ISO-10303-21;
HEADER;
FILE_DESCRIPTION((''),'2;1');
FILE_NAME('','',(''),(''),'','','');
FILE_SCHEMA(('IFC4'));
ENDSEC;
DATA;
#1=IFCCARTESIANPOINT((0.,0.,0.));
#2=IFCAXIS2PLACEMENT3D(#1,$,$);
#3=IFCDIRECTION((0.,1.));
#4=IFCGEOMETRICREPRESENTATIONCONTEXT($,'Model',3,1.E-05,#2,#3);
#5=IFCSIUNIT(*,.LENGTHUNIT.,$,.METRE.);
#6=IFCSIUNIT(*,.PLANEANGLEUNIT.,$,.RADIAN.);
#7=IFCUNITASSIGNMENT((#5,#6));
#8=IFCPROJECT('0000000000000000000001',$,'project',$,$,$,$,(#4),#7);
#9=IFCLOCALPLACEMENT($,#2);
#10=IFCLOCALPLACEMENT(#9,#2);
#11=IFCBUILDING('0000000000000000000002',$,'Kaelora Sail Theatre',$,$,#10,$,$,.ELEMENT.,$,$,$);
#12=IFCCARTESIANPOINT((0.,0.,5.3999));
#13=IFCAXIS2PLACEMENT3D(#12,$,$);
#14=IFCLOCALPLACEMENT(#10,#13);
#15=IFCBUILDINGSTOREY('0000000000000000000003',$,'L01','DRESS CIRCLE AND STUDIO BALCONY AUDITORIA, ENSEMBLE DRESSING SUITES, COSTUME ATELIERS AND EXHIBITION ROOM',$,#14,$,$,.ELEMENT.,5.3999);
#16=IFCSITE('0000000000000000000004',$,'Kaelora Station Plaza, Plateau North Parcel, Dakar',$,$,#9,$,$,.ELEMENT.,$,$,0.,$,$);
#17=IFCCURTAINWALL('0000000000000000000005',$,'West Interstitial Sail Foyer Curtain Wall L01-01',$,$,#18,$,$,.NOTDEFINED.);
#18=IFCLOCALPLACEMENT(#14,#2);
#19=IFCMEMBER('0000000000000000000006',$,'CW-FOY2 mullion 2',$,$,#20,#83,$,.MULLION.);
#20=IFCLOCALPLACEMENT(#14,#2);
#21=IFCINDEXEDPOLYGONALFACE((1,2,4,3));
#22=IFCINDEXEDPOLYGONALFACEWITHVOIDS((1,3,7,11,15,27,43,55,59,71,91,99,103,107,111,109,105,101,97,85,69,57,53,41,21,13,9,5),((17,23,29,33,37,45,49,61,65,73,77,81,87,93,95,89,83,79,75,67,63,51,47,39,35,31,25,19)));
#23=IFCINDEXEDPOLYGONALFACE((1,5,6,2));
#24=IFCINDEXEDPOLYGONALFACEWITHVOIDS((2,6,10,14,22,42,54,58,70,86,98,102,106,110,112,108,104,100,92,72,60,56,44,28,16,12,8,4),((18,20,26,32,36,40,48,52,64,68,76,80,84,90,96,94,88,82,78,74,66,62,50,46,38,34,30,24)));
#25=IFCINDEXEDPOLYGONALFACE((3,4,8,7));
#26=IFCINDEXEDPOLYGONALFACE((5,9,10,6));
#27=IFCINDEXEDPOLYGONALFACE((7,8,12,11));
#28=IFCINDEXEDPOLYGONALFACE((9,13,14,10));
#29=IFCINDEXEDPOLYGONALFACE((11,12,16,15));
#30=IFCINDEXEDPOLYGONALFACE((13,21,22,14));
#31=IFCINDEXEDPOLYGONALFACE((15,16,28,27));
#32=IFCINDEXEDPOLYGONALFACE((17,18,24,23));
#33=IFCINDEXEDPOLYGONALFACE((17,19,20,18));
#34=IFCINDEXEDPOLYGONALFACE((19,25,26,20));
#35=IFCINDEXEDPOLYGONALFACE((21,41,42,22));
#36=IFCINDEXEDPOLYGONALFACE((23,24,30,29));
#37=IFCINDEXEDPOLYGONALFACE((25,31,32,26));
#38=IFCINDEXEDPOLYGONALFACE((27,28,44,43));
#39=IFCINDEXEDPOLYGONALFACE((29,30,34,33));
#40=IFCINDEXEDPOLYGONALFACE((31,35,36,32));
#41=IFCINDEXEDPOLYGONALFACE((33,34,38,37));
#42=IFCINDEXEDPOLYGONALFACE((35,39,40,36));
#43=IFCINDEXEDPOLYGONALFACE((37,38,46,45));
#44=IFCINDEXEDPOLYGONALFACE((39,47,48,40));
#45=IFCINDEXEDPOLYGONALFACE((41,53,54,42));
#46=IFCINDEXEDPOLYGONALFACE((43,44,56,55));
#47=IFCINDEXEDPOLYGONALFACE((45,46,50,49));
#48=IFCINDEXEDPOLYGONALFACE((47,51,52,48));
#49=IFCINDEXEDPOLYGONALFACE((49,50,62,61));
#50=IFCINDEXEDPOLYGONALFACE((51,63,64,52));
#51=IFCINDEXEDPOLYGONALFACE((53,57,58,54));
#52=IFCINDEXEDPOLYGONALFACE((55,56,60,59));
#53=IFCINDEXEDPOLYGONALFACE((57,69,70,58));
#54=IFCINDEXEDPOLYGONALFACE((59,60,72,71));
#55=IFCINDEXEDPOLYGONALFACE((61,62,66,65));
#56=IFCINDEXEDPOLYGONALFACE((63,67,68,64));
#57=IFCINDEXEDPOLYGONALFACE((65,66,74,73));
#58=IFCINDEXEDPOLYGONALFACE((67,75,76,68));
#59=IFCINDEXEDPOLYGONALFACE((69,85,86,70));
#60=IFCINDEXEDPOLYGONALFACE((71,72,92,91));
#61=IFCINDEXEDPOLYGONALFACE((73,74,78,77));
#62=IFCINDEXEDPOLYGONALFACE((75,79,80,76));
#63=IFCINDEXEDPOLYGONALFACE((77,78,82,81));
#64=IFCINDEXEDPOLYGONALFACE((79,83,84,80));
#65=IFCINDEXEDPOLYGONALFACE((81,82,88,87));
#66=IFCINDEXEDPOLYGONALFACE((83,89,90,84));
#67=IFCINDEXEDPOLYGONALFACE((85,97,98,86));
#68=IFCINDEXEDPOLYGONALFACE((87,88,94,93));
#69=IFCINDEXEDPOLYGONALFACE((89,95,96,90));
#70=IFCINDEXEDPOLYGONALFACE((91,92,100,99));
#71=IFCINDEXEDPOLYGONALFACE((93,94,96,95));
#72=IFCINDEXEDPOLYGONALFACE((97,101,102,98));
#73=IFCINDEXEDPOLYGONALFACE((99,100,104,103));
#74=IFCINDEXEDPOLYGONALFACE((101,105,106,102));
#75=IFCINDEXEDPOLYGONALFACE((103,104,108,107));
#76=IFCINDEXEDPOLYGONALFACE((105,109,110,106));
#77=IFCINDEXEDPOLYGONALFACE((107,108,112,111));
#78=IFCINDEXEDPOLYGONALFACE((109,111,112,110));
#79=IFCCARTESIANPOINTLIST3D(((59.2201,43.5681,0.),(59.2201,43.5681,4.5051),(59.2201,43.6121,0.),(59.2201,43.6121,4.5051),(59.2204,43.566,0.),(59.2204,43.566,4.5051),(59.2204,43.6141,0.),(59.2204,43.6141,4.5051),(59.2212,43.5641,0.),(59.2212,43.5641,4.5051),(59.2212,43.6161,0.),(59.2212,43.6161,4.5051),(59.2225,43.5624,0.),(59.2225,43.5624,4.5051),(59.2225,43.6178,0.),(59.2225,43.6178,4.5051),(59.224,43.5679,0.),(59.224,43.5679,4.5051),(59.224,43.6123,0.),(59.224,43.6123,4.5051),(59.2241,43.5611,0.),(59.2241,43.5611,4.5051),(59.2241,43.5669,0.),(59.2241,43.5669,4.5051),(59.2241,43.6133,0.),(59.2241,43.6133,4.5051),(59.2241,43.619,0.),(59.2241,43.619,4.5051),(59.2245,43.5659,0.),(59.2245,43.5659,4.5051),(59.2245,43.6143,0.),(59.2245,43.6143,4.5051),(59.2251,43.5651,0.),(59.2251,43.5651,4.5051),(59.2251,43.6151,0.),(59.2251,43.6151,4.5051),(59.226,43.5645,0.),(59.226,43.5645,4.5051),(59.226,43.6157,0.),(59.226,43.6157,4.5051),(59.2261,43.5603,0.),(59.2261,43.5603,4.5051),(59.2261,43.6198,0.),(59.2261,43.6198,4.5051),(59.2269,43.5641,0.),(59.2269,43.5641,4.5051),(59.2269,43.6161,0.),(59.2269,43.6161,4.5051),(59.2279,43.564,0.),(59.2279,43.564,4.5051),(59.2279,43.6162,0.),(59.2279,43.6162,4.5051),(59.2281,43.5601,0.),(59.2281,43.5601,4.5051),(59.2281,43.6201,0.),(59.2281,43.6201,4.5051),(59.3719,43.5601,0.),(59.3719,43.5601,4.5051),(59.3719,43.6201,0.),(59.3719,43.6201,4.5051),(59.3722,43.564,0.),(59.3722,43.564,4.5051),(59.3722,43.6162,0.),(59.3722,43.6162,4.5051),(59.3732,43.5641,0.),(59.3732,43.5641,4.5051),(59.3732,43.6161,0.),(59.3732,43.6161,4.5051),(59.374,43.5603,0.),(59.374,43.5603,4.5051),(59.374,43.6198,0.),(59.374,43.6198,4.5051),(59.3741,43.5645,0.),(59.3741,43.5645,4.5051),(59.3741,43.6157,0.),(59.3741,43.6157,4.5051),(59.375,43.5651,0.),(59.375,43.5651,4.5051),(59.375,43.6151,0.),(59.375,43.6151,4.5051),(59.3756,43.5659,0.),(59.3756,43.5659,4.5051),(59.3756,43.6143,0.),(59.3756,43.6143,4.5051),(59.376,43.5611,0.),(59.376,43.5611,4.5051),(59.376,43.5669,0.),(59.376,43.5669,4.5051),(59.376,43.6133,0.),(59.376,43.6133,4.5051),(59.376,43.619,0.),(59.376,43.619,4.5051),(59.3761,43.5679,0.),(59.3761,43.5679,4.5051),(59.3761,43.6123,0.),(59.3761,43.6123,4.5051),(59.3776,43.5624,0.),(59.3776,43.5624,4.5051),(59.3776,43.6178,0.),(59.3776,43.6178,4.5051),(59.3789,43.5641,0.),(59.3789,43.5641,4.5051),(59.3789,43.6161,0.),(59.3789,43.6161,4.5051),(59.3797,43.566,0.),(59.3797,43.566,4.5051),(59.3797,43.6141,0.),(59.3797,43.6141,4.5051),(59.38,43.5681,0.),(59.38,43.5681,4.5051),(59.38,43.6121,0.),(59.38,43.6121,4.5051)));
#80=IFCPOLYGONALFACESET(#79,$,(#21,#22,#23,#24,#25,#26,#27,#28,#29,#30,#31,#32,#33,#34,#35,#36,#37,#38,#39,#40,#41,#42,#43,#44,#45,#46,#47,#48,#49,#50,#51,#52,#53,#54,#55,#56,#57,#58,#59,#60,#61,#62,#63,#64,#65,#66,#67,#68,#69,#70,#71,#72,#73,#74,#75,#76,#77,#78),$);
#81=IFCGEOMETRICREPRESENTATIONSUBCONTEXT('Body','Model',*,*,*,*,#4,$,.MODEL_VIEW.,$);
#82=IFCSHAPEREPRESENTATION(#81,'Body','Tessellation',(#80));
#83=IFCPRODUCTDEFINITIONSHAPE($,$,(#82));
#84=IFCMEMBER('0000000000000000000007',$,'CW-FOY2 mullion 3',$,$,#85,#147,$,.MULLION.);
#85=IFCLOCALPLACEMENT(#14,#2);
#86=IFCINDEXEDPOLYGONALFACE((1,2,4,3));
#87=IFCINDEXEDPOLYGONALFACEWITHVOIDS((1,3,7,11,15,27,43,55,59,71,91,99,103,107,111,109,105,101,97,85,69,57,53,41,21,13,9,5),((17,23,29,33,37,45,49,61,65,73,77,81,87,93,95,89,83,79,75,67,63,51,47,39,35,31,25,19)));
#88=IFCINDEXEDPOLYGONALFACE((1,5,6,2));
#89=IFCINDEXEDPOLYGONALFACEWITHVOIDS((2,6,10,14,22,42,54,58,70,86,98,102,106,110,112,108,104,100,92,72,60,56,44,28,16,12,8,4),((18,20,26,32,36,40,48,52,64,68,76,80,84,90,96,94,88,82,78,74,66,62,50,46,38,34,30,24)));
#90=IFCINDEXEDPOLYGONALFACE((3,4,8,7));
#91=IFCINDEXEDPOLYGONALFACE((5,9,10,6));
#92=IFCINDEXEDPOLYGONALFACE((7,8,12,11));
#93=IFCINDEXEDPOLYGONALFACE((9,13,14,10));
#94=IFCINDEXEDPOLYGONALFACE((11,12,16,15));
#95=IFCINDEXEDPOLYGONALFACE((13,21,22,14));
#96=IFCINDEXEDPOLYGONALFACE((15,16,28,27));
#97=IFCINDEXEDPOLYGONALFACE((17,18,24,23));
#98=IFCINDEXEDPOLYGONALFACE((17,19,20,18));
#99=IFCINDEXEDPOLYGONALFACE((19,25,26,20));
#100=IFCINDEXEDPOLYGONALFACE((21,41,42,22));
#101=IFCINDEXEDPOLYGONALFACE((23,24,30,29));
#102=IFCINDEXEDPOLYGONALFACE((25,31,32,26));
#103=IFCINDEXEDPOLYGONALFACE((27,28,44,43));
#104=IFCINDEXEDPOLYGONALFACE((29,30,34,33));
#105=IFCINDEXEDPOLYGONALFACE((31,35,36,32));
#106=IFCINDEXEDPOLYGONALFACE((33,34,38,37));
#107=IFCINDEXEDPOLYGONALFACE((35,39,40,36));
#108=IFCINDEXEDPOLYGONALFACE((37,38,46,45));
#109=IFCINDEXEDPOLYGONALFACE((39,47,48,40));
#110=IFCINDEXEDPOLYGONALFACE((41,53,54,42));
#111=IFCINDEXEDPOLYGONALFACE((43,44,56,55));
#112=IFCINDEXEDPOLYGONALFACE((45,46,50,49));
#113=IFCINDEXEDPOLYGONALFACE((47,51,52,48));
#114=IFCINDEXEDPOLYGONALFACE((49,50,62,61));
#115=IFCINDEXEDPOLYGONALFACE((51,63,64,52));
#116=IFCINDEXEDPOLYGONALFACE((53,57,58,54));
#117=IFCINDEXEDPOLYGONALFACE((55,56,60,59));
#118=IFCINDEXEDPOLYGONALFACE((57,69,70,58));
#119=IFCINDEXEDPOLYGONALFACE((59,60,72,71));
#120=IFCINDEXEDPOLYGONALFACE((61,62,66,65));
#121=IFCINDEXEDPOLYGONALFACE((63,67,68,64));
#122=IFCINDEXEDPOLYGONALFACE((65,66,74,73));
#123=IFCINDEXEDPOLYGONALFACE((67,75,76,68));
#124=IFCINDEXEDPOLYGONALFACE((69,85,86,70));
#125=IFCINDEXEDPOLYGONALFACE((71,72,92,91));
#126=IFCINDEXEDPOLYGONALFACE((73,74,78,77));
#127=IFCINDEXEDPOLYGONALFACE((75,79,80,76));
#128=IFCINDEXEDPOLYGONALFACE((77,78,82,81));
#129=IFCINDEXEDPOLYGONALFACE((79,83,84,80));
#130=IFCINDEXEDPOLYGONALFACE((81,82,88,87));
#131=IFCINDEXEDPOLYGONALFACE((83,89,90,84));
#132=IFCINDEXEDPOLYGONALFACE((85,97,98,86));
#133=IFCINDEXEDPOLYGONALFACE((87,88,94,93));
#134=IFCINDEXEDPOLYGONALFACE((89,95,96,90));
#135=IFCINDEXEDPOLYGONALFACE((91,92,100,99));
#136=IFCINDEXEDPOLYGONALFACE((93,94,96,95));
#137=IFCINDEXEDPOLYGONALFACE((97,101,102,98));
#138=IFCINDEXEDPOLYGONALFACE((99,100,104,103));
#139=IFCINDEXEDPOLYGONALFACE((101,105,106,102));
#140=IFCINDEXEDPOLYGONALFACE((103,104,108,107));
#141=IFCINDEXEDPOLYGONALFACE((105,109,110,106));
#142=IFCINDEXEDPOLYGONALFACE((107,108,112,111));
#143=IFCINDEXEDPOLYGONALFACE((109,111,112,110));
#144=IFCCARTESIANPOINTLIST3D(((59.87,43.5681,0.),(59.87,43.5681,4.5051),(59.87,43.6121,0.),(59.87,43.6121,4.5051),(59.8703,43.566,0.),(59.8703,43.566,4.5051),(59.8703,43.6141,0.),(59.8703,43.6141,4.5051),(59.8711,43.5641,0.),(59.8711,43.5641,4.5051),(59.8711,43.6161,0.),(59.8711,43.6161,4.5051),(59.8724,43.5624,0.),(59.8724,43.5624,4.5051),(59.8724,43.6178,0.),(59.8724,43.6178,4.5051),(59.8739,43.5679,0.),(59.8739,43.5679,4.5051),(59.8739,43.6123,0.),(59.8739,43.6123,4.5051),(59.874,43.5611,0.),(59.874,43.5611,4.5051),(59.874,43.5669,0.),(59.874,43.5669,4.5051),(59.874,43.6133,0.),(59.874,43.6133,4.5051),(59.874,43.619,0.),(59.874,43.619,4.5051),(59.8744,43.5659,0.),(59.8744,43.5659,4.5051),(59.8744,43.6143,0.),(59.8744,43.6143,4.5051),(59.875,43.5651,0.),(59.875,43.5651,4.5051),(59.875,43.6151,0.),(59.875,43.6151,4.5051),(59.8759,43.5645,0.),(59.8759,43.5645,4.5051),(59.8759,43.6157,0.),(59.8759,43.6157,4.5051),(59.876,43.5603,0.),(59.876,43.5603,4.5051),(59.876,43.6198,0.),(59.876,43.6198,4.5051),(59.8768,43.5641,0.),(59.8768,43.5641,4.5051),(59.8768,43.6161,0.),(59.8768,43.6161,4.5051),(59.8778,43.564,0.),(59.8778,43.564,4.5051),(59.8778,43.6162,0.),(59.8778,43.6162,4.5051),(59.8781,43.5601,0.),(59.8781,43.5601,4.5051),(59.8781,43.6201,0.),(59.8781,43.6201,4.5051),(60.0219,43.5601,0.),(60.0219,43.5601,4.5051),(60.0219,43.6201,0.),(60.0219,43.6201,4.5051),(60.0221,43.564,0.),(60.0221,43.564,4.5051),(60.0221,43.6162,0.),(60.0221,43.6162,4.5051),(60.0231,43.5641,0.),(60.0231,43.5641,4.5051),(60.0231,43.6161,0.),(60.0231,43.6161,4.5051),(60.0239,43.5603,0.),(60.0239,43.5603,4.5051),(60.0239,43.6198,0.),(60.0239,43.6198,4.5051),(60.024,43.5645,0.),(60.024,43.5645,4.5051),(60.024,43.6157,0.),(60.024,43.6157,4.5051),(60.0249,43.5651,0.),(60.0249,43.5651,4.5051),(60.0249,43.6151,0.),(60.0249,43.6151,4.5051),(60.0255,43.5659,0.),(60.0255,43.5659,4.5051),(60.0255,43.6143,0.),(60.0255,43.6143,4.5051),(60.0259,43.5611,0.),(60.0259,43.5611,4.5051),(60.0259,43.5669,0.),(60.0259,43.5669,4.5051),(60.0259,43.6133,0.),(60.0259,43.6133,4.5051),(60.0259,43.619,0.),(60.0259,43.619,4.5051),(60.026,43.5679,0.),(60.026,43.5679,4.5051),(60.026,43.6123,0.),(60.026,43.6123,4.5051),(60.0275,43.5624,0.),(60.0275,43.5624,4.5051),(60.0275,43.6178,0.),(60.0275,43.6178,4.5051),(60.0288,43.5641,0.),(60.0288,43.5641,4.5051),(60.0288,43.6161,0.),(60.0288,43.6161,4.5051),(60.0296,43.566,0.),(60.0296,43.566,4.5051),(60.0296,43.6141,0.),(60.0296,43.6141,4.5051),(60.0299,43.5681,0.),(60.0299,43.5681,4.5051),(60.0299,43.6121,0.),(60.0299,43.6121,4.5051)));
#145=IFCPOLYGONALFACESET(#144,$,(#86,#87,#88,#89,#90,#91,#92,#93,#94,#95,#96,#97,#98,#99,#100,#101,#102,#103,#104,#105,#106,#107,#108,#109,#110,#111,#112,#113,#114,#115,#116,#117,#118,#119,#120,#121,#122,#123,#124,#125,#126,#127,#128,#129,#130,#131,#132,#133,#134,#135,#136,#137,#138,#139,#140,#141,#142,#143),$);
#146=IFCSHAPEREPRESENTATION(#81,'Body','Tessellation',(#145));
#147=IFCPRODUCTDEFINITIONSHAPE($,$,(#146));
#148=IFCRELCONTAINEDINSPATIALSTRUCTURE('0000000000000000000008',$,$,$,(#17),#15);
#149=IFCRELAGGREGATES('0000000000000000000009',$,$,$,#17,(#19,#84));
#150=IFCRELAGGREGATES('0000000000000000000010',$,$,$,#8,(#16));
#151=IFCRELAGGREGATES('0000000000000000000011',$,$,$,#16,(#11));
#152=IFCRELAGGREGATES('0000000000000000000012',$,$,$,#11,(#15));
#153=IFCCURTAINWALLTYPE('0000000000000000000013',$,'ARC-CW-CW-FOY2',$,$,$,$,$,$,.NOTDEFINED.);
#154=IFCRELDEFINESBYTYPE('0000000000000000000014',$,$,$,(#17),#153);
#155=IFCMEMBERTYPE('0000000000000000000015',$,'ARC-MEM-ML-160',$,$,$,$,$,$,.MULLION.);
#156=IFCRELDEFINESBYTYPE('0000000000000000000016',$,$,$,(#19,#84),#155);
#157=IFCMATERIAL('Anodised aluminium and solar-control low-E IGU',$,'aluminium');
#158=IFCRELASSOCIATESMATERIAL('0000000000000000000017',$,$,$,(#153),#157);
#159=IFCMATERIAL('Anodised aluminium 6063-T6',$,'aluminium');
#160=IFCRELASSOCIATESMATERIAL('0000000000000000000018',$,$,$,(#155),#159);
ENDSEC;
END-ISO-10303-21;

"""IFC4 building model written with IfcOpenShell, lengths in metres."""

from ifc_helpers import new_model, si_unit, direction, frame, origin, origin_2d, place, context, subcontext, project, spatial, hollow_rectangle, extrude, material, material_profile, profile_set, type_object, element, aggregate, save


model = new_model("IFC4")

# Units and contexts
model_context = context("Model", 3, precision=1e-05, world=origin(), true_north=direction((0.0, 1.0)))
body_context = subcontext(model_context, "Body", "Model", "MODEL_VIEW")
ifc_project = project(units=[si_unit("LENGTHUNIT", "METRE"), si_unit("PLANEANGLEUNIT", "RADIAN")], contexts=[model_context])

# Site, building, storey
site_placement = place(None, origin())
site = spatial("IfcSite", under=ifc_project, at=site_placement, Name="Kaelora Station Plaza, Plateau North Parcel, Dakar", CompositionType="ELEMENT", RefElevation=0.0)
building_placement = place(site_placement, origin())
building = spatial("IfcBuilding", under=site, at=building_placement, Name="Kaelora Sail Theatre", CompositionType="ELEMENT")
storey_placement = place(building_placement, frame((0.0, 0.0, 5.3999)))
storey = spatial("IfcBuildingStorey", under=building, at=storey_placement, Name="L01", Description="DRESS CIRCLE AND STUDIO BALCONY AUDITORIA, ENSEMBLE DRESSING SUITES, COSTUME ATELIERS AND EXHIBITION ROOM", CompositionType="ELEMENT", Elevation=5.3999)

# Curtain wall, members
ifc_material_1 = material(Name="Anodised aluminium and solar-control low-E IGU", Category="aluminium")
curtain_wall_type = type_object("IfcCurtainWallType", Name="ARC-CW-CW-FOY2", PredefinedType="NOTDEFINED", material=ifc_material_1)
curtain_wall_placement = place(storey_placement, origin())
curtain_wall = element("IfcCurtainWall", 1, at=curtain_wall_placement, inside=storey, type_object=curtain_wall_type, Name="West Interstitial Sail Foyer Curtain Wall L01-01", PredefinedType="NOTDEFINED")
ifc_material_2 = material(Name="Anodised aluminium 6063-T6", Category="aluminium")
ifc_material_profile_1 = material_profile(ifc_material_2, hollow_rectangle(XDim=0.0601, YDim=0.1599, WallThickness=0.0039, InnerFilletRadius=0.0039, OuterFilletRadius=0.0081, at=origin_2d()), Name="ALU-MULL 60x160x4")
ifc_profile_set_1 = profile_set([ifc_material_profile_1], Name="Anodised aluminium 6063-T6")
member_type_1 = type_object("IfcMemberType", Name="ARC-MEM-ML-160", PredefinedType="MULLION", material=ifc_profile_set_1)
member_1_placement = place(storey_placement, frame((59.3, 43.5901, 0.0), z_axis=(0.0, 0.0, 1.0), x_axis=(0.0, 1.0, 0.0)))
member_1 = element("IfcMember", 2, at=member_1_placement, type_object=member_type_1, Name="CW-FOY2 mullion 2", PredefinedType="MULLION", context=body_context, shape_type="SweptSolid", body=[
    extrude(hollow_rectangle(XDim=0.0601, YDim=0.1599, WallThickness=0.0039, InnerFilletRadius=0.0039, OuterFilletRadius=0.0081, at=origin_2d()), origin(), (0.0, 0.0, 1.0), 4.5051),
])
member_2_placement = place(storey_placement, frame((59.95, 43.5901, 0.0), z_axis=(0.0, 0.0, 1.0), x_axis=(0.0, 1.0, 0.0)))
member_2 = element("IfcMember", 3, at=member_2_placement, type_object=member_type_1, Name="CW-FOY2 mullion 3", PredefinedType="MULLION", context=body_context, shape_type="SweptSolid", body=[
    extrude(hollow_rectangle(XDim=0.0601, YDim=0.1599, WallThickness=0.0039, InnerFilletRadius=0.0039, OuterFilletRadius=0.0081, at=origin_2d()), origin(), (0.0, 0.0, 1.0), 4.5051),
])
aggregate(curtain_wall, [member_1, member_2])

save(model, "model.ifc")
